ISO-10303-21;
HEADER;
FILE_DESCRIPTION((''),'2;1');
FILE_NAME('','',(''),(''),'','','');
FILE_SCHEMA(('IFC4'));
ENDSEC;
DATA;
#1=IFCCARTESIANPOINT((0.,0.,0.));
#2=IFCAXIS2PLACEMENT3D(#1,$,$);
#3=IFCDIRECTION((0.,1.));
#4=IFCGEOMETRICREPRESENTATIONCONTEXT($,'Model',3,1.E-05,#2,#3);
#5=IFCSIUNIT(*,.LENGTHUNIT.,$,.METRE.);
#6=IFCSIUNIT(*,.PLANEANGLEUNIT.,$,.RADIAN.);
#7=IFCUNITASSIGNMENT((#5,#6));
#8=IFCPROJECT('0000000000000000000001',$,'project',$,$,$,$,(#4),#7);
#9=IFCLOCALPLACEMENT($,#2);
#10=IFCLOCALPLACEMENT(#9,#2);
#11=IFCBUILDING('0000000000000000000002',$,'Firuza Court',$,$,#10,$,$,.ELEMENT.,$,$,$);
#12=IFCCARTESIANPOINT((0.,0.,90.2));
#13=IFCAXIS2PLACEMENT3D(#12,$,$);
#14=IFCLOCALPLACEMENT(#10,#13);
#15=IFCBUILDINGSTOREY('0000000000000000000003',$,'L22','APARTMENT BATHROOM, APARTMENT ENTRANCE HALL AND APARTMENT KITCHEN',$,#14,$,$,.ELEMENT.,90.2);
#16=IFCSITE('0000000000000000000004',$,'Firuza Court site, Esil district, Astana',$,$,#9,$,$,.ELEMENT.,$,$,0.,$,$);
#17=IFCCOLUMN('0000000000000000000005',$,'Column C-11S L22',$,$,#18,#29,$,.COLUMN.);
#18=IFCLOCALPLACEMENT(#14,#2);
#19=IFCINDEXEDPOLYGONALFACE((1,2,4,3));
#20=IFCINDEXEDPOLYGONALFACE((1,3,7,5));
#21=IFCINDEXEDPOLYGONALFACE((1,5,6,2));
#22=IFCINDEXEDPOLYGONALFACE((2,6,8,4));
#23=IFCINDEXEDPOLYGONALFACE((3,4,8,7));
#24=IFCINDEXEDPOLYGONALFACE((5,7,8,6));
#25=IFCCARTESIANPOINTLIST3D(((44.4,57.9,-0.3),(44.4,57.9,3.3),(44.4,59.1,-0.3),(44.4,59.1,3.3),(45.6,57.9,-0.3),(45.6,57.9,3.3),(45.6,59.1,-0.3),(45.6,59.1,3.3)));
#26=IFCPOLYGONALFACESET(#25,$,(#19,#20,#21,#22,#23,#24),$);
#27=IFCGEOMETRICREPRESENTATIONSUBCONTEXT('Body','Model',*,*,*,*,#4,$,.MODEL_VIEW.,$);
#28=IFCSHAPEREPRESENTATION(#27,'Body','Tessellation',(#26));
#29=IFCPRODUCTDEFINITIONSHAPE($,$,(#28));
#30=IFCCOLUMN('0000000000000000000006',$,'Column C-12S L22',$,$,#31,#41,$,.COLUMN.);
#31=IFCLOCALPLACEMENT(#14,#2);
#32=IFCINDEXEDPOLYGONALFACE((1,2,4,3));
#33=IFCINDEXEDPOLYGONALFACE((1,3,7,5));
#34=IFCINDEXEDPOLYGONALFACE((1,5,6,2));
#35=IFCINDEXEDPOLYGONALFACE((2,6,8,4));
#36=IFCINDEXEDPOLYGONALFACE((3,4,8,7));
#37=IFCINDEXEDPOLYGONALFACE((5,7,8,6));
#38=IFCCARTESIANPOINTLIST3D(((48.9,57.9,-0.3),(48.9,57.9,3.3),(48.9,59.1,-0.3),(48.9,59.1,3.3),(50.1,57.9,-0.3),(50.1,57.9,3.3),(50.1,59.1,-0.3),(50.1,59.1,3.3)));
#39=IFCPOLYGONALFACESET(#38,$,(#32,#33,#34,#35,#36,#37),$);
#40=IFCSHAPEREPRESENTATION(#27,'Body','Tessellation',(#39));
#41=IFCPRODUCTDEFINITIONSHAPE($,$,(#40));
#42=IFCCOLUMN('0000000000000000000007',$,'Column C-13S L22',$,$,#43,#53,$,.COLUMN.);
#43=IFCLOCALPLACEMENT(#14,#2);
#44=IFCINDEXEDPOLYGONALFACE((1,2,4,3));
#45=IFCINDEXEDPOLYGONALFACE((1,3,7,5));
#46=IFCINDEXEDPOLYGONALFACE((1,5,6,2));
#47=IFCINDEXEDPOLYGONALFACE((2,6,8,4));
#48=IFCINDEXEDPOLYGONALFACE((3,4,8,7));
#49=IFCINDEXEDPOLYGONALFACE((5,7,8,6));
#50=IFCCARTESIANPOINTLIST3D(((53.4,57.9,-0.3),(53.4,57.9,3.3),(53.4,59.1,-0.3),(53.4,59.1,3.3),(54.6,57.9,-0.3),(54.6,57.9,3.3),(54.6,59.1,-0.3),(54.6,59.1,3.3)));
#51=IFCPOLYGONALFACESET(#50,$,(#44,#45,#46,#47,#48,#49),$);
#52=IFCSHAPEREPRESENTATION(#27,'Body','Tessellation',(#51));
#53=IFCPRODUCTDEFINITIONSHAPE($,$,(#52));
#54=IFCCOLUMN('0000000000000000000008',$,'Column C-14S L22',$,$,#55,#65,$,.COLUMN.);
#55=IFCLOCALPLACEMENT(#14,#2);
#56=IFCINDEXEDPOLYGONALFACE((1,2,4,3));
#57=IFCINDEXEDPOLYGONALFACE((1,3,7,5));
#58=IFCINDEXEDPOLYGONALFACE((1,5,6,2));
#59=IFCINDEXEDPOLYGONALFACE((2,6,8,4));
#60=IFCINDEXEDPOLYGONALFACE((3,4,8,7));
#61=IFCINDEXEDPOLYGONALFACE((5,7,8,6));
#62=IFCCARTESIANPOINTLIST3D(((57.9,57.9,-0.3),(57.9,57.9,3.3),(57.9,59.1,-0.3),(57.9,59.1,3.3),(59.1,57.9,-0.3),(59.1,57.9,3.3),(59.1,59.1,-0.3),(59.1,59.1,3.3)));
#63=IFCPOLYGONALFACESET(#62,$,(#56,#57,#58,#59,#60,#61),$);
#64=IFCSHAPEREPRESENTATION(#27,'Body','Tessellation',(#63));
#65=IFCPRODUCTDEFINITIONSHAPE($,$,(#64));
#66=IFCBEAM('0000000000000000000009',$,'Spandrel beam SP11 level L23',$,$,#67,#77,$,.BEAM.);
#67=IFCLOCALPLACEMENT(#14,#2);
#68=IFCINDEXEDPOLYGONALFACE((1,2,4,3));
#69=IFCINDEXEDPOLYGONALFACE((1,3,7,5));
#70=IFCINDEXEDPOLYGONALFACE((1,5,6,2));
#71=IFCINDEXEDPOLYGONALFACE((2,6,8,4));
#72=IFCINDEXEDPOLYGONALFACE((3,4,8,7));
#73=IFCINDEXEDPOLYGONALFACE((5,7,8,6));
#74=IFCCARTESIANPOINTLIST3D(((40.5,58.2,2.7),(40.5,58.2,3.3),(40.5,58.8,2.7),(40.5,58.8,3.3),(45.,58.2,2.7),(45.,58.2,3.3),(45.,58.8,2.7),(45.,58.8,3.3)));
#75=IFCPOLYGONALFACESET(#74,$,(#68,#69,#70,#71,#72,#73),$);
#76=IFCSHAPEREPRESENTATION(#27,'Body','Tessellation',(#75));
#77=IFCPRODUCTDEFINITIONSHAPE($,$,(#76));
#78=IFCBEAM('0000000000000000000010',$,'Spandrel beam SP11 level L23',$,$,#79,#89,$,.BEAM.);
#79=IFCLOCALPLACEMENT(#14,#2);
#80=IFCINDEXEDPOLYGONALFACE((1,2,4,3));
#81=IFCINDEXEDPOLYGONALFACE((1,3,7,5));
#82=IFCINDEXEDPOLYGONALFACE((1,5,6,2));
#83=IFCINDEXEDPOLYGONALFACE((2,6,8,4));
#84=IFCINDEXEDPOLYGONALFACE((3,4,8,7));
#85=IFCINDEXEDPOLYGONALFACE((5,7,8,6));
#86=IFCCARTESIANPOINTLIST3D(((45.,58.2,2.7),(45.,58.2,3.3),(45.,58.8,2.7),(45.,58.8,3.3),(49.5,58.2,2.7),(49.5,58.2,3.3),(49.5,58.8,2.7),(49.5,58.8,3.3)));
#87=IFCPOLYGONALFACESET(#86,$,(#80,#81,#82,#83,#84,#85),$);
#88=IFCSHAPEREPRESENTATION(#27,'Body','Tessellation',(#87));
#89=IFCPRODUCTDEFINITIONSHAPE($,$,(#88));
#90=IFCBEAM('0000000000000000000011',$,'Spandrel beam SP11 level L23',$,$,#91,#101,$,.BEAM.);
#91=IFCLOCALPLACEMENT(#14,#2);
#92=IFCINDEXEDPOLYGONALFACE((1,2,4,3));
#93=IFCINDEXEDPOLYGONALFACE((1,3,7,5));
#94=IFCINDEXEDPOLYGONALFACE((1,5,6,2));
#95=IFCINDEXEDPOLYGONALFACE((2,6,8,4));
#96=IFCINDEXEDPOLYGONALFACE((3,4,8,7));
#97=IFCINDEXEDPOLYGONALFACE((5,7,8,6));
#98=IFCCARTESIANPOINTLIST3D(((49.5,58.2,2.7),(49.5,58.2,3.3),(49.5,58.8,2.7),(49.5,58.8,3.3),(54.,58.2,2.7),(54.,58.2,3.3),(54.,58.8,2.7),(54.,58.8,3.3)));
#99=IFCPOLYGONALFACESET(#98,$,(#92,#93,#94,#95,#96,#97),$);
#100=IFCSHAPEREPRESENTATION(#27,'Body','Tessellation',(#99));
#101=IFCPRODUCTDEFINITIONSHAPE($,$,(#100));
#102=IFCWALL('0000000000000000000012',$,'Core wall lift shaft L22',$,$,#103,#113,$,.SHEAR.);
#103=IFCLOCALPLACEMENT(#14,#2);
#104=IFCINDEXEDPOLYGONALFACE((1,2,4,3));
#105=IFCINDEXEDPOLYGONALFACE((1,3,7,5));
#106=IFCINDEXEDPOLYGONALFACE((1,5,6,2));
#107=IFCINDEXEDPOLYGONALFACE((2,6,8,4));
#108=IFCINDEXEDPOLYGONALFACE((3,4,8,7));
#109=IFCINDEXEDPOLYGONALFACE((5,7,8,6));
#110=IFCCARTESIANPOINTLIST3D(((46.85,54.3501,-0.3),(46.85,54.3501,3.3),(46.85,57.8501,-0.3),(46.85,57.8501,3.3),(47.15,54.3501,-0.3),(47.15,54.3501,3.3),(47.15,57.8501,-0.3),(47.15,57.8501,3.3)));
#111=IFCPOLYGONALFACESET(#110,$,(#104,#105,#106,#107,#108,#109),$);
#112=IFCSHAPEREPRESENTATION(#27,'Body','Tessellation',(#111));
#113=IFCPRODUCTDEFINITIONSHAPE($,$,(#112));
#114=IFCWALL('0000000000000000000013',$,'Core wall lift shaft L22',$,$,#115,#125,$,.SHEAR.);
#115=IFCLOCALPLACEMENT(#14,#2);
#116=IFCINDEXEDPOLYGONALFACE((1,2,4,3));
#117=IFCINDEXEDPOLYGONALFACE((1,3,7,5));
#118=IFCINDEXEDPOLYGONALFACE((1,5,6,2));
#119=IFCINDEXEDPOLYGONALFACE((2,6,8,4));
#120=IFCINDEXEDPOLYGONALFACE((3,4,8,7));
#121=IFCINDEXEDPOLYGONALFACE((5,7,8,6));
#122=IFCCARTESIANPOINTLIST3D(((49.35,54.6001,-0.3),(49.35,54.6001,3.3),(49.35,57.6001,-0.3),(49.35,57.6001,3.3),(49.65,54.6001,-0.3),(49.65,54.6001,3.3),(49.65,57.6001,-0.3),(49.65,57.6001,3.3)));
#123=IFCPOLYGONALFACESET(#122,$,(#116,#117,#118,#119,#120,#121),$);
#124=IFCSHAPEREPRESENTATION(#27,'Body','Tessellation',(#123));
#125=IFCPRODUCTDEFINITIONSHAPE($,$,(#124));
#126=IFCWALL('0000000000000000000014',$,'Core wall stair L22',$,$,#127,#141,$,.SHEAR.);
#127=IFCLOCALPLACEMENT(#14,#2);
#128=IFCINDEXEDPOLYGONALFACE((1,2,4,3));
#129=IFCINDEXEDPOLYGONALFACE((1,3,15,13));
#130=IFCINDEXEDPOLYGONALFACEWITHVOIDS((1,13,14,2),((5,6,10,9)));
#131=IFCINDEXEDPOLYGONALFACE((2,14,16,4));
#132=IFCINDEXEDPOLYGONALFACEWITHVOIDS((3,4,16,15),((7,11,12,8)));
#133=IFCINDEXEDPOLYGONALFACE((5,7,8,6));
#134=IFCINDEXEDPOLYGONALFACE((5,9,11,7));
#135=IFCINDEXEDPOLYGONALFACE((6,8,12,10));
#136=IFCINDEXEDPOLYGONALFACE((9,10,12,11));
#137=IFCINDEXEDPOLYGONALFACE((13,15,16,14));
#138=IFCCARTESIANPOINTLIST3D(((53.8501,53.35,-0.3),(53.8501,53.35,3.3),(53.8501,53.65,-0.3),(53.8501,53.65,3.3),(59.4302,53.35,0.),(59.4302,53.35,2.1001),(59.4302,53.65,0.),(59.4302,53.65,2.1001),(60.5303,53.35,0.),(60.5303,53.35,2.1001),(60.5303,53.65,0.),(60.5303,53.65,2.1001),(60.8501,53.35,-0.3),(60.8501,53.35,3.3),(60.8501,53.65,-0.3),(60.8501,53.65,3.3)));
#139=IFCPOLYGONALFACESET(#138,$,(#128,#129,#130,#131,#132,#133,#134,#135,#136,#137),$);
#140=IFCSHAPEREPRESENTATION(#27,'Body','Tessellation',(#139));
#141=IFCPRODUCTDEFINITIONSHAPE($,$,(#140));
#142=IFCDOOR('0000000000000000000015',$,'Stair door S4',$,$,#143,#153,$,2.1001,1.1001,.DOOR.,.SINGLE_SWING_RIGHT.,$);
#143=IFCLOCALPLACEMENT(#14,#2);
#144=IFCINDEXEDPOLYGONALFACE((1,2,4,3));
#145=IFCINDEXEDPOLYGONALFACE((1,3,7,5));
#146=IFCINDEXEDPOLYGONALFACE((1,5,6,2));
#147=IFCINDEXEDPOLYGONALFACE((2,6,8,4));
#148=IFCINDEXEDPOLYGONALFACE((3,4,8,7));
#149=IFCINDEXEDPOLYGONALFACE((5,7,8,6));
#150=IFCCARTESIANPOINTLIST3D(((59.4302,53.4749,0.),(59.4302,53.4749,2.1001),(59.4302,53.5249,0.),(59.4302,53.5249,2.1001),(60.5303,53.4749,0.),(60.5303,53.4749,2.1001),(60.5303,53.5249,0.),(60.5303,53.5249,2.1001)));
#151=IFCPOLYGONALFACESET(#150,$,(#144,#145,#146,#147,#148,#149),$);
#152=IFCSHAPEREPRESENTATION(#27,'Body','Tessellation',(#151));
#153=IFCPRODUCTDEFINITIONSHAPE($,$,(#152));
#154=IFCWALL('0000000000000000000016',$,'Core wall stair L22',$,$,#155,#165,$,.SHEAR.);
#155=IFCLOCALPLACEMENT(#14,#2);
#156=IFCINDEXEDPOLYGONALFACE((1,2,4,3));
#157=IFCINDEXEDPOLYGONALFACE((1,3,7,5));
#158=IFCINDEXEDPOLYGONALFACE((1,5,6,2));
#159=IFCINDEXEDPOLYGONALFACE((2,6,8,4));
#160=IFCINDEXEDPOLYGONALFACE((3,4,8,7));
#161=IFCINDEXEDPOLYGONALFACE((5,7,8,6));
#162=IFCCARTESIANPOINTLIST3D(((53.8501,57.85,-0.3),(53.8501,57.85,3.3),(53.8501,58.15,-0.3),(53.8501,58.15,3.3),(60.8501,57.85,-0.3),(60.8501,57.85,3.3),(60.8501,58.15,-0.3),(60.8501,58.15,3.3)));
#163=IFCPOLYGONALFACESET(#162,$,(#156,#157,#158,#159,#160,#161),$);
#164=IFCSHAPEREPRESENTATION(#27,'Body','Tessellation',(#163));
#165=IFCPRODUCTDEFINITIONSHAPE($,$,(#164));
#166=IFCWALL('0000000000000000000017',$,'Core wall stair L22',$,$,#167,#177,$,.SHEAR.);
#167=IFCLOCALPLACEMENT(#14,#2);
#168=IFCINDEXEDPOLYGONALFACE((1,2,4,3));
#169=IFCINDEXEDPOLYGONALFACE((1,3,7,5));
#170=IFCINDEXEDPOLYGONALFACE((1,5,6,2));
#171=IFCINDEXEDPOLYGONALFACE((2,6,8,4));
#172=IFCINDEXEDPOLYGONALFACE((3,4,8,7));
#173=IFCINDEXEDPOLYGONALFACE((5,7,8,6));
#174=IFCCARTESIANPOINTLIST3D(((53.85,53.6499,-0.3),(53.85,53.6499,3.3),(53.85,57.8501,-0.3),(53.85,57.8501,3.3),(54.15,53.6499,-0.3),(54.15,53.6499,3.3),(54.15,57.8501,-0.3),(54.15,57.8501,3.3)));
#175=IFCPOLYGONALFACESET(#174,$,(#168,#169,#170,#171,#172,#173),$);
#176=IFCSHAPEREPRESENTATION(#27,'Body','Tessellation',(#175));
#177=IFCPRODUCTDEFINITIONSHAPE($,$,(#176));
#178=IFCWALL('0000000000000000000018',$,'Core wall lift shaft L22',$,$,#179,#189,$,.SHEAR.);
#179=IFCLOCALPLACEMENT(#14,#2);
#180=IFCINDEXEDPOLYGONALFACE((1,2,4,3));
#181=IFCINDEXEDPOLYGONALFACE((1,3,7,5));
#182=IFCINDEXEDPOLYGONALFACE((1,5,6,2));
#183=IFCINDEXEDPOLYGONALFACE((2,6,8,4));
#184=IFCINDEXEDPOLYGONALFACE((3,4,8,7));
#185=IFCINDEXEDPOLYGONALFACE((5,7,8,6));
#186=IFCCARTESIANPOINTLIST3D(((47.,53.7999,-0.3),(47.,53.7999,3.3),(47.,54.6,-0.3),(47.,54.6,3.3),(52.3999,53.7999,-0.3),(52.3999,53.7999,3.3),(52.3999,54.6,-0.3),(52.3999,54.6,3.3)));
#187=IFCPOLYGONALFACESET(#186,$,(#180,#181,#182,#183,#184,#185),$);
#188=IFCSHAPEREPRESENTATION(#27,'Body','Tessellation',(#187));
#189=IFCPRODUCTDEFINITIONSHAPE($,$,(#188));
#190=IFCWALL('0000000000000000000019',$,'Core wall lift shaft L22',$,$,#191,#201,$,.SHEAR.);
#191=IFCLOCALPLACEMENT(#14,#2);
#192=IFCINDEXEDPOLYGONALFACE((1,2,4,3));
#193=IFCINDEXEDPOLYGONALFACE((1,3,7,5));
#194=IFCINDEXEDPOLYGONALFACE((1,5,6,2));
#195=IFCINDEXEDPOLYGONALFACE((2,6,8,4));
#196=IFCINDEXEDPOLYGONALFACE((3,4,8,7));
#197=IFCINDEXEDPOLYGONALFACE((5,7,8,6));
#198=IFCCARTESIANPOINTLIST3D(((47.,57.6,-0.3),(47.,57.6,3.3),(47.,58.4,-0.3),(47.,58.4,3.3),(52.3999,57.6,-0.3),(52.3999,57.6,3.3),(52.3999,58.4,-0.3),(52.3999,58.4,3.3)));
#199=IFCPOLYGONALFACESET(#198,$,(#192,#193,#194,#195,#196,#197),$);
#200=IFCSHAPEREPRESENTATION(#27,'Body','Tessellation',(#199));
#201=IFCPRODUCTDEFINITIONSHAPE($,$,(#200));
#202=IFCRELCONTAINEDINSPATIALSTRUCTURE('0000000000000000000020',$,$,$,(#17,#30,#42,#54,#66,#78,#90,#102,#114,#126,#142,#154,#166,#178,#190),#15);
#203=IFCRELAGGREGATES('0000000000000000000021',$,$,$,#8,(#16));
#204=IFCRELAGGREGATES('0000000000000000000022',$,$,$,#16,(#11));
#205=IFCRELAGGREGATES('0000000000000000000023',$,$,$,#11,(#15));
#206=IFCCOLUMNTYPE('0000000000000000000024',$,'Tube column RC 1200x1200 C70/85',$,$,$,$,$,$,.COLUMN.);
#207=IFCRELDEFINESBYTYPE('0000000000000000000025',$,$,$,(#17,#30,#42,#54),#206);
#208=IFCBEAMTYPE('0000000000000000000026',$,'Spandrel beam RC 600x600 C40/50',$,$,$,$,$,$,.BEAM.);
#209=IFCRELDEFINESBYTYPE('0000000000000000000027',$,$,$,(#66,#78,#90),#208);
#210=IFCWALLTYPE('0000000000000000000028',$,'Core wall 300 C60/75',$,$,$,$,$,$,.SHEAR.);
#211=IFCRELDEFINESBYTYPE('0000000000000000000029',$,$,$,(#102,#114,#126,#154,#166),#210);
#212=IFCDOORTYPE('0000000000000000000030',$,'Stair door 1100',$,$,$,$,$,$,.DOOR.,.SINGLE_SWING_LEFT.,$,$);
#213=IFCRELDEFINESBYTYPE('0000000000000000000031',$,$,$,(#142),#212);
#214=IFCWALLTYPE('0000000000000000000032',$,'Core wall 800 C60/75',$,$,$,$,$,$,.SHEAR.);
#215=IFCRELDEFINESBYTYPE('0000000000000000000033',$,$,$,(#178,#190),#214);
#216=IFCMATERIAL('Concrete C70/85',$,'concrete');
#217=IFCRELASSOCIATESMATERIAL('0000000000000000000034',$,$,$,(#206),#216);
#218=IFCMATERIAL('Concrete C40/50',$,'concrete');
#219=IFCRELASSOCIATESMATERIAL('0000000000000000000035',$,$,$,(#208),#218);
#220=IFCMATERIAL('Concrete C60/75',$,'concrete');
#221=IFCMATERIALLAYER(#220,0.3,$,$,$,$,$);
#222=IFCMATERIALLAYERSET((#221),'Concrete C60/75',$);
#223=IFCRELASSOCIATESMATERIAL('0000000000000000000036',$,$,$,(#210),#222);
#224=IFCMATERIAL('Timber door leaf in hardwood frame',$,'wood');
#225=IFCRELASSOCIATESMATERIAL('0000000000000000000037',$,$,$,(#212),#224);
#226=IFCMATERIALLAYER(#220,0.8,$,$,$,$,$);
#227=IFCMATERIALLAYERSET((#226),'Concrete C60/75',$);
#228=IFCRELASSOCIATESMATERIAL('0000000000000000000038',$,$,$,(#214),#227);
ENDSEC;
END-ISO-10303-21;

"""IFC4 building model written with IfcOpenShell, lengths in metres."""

from ifc_helpers import new_model, si_unit, direction, frame, frame_2d, origin, origin_2d, place, context, subcontext, project, spatial, rectangle, extrude, material, layer, layer_set, material_profile, profile_set, type_object, element, fill, save


model = new_model("IFC4")

# Units and contexts
model_context = context("Model", 3, precision=1e-05, world=origin(), true_north=direction((0.0, 1.0)))
body_context = subcontext(model_context, "Body", "Model", "MODEL_VIEW")
ifc_project = project(units=[si_unit("LENGTHUNIT", "METRE"), si_unit("PLANEANGLEUNIT", "RADIAN")], contexts=[model_context])

# Site, building, storey
site_placement = place(None, origin())
site = spatial("IfcSite", under=ifc_project, at=site_placement, Name="Firuza Court site, Esil district, Astana", CompositionType="ELEMENT", RefElevation=0.0)
building_placement = place(site_placement, origin())
building = spatial("IfcBuilding", under=site, at=building_placement, Name="Firuza Court", CompositionType="ELEMENT")
storey_placement = place(building_placement, frame((0.0, 0.0, 90.2)))
storey = spatial("IfcBuildingStorey", under=building, at=storey_placement, Name="L22", Description="APARTMENT BATHROOM, APARTMENT ENTRANCE HALL AND APARTMENT KITCHEN", CompositionType="ELEMENT", Elevation=90.2)

# Columns
ifc_material_1 = material(Name="Concrete C70/85", Category="concrete")
ifc_material_profile_1 = material_profile(ifc_material_1, rectangle(XDim=1.2, YDim=1.2, at=origin_2d()), Name="RC 1200x1200")
ifc_profile_set_1 = profile_set([ifc_material_profile_1], Name="Concrete C70/85")
column_type = type_object("IfcColumnType", Name="Tube column RC 1200x1200 C70/85", PredefinedType="COLUMN", material=ifc_profile_set_1)
for number, where, z_axis, x_axis, name in (
    (1, (45.0, 58.5, -0.3), (0.0, 0.0, 1.0), (1.0, 0.0, 0.0), "Column C-11S L22"),
    (2, (49.5, 58.5, -0.3), (0.0, 0.0, 1.0), (1.0, 0.0, 0.0), "Column C-12S L22"),
    (3, (54.0, 58.5, -0.3), (0.0, 0.0, 1.0), (1.0, 0.0, 0.0), "Column C-13S L22"),
    (4, (58.5, 58.5, -0.3), (0.0, 0.0, 1.0), (1.0, 0.0, 0.0), "Column C-14S L22"),
):
    element("IfcColumn", number, at=place(storey_placement, frame(where, z_axis=z_axis, x_axis=x_axis)), inside=storey, type_object=column_type, Name=name, PredefinedType="COLUMN", context=body_context, shape_type="SweptSolid", body=[
        extrude(rectangle(XDim=1.2, YDim=1.2, at=origin_2d()), origin(), (0.0, 0.0, 1.0), 3.6001),
    ])

# Beams
ifc_material_2 = material(Name="Concrete C40/50", Category="concrete")
ifc_material_profile_2 = material_profile(ifc_material_2, rectangle(XDim=0.6001, YDim=0.6001, at=origin_2d()), Name="RC 600x600")
ifc_profile_set_2 = profile_set([ifc_material_profile_2], Name="Concrete C40/50")
beam_type = type_object("IfcBeamType", Name="Spandrel beam RC 600x600 C40/50", PredefinedType="BEAM", material=ifc_profile_set_2)
for number, where, z_axis, x_axis, name in (
    (5, (45.0, 58.5, 3.0), (-1.0, 0.0, 0.0), (0.0, -1.0, 0.0), "Spandrel beam SP11 level L23"),
    (6, (49.5, 58.5, 3.0), (-1.0, 0.0, 0.0), (0.0, -1.0, 0.0), "Spandrel beam SP11 level L23"),
    (7, (54.0, 58.5, 3.0), (-1.0, 0.0, 0.0), (0.0, -1.0, 0.0), "Spandrel beam SP11 level L23"),
):
    element("IfcBeam", number, at=place(storey_placement, frame(where, z_axis=z_axis, x_axis=x_axis)), inside=storey, type_object=beam_type, Name=name, PredefinedType="BEAM", context=body_context, shape_type="SweptSolid", body=[
        extrude(rectangle(XDim=0.6001, YDim=0.6001, at=origin_2d()), origin(), (0.0, 0.0, 1.0), 4.5),
    ])

# Walls
ifc_material_3 = material(Name="Concrete C60/75", Category="concrete")
ifc_layer_1 = layer(ifc_material_3, 0.3)
ifc_layer_set_1 = layer_set([ifc_layer_1], Name="Concrete C60/75")
wall_type_1 = type_object("IfcWallType", Name="Core wall 300 C60/75", PredefinedType="SHEAR", material=ifc_layer_set_1)
wall_1_placement = place(storey_placement, frame((47.0, 54.3501, -0.3), z_axis=(0.0, 0.0, 1.0), x_axis=(0.0, 1.0, 0.0)))
element("IfcWall", 8, at=wall_1_placement, inside=storey, type_object=wall_type_1, Name="Core wall lift shaft L22", PredefinedType="SHEAR", context=body_context, shape_type="SweptSolid", body=[
    extrude(rectangle(XDim=3.5, YDim=0.3, at=frame_2d((1.75, 0.0))), origin(), (0.0, 0.0, 1.0), 3.6001),
])
wall_2_placement = place(storey_placement, frame((49.5, 54.6001, -0.3), z_axis=(0.0, 0.0, 1.0), x_axis=(0.0, 1.0, 0.0)))
element("IfcWall", 9, at=wall_2_placement, inside=storey, type_object=wall_type_1, Name="Core wall lift shaft L22", PredefinedType="SHEAR", context=body_context, shape_type="SweptSolid", body=[
    extrude(rectangle(XDim=3.0, YDim=0.3, at=frame_2d((1.5, 0.0))), origin(), (0.0, 0.0, 1.0), 3.6001),
])

# Wall, opening, door
wall_3_placement = place(storey_placement, frame((53.8501, 53.5, -0.3), z_axis=(0.0, 0.0, 1.0), x_axis=(1.0, 0.0, 0.0)))
wall_3 = element("IfcWall", 10, at=wall_3_placement, inside=storey, type_object=wall_type_1, Name="Core wall stair L22", PredefinedType="SHEAR", context=body_context, shape_type="SweptSolid", body=[
    extrude(rectangle(XDim=7.0, YDim=0.3, at=frame_2d((3.5, 0.0))), origin(), (0.0, 0.0, 1.0), 3.6001),
])
opening_1_placement = place(wall_3_placement, frame((5.5801, 0.0, 0.3)))
opening_1 = element("IfcOpeningElement", 11, at=opening_1_placement, cuts=wall_3, PredefinedType="OPENING", context=body_context, shape_type="SweptSolid", body=[
    extrude(rectangle(XDim=1.1001, YDim=2.1001, at=frame_2d((0.55, 1.05))), frame((0.0, 0.1621, 0.0), z_axis=(0.0, -1.0, 0.0), x_axis=(1.0, 0.0, 0.0)), (0.0, 0.0, 1.0), 0.324),
])
ifc_material_4 = material(Name="Timber door leaf in hardwood frame", Category="wood")
door_type_1 = type_object("IfcDoorType", Name="Stair door 1100", OperationType="SINGLE_SWING_LEFT", PredefinedType="DOOR", material=ifc_material_4)
door_1_placement = place(opening_1_placement, origin())
door_1 = element("IfcDoor", 12, at=door_1_placement, inside=storey, type_object=door_type_1, Name="Stair door S4", OperationType="SINGLE_SWING_RIGHT", OverallHeight=2.1001, OverallWidth=1.1001, PredefinedType="DOOR", context=body_context, shape_type="SweptSolid", body=[
    extrude(rectangle(XDim=1.1001, YDim=2.1001, at=frame_2d((0.55, 1.05))), frame((0.0, 0.0249, 0.0), z_axis=(0.0, -1.0, 0.0), x_axis=(1.0, 0.0, 0.0)), (0.0, 0.0, 1.0), 0.05),
])
fill(opening_1, door_1)

# Walls
wall_4_placement = place(storey_placement, frame((53.8501, 58.0, -0.3), z_axis=(0.0, 0.0, 1.0), x_axis=(1.0, 0.0, 0.0)))
element("IfcWall", 13, at=wall_4_placement, inside=storey, type_object=wall_type_1, Name="Core wall stair L22", PredefinedType="SHEAR", context=body_context, shape_type="SweptSolid", body=[
    extrude(rectangle(XDim=7.0, YDim=0.3, at=frame_2d((3.5, 0.0))), origin(), (0.0, 0.0, 1.0), 3.6001),
])
wall_5_placement = place(storey_placement, frame((54.0, 53.6499, -0.3), z_axis=(0.0, 0.0, 1.0), x_axis=(0.0, 1.0, 0.0)))
element("IfcWall", 14, at=wall_5_placement, inside=storey, type_object=wall_type_1, Name="Core wall stair L22", PredefinedType="SHEAR", context=body_context, shape_type="SweptSolid", body=[
    extrude(rectangle(XDim=4.2002, YDim=0.3, at=frame_2d((2.1001, 0.0))), origin(), (0.0, 0.0, 1.0), 3.6001),
])
ifc_layer_2 = layer(ifc_material_3, 0.8)
ifc_layer_set_2 = layer_set([ifc_layer_2], Name="Concrete C60/75")
wall_type_2 = type_object("IfcWallType", Name="Core wall 800 C60/75", PredefinedType="SHEAR", material=ifc_layer_set_2)
for number, where, z_axis, x_axis, name in (
    (15, (47.0, 54.2, -0.3), (0.0, 0.0, 1.0), (1.0, 0.0, 0.0), "Core wall lift shaft L22"),
    (16, (47.0, 58.0, -0.3), (0.0, 0.0, 1.0), (1.0, 0.0, 0.0), "Core wall lift shaft L22"),
):
    element("IfcWall", number, at=place(storey_placement, frame(where, z_axis=z_axis, x_axis=x_axis)), inside=storey, type_object=wall_type_2, Name=name, PredefinedType="SHEAR", context=body_context, shape_type="SweptSolid", body=[
        extrude(rectangle(XDim=5.3999, YDim=0.8, at=frame_2d((2.7, 0.0))), origin(), (0.0, 0.0, 1.0), 3.6001),
    ])

save(model, "model.ifc")
